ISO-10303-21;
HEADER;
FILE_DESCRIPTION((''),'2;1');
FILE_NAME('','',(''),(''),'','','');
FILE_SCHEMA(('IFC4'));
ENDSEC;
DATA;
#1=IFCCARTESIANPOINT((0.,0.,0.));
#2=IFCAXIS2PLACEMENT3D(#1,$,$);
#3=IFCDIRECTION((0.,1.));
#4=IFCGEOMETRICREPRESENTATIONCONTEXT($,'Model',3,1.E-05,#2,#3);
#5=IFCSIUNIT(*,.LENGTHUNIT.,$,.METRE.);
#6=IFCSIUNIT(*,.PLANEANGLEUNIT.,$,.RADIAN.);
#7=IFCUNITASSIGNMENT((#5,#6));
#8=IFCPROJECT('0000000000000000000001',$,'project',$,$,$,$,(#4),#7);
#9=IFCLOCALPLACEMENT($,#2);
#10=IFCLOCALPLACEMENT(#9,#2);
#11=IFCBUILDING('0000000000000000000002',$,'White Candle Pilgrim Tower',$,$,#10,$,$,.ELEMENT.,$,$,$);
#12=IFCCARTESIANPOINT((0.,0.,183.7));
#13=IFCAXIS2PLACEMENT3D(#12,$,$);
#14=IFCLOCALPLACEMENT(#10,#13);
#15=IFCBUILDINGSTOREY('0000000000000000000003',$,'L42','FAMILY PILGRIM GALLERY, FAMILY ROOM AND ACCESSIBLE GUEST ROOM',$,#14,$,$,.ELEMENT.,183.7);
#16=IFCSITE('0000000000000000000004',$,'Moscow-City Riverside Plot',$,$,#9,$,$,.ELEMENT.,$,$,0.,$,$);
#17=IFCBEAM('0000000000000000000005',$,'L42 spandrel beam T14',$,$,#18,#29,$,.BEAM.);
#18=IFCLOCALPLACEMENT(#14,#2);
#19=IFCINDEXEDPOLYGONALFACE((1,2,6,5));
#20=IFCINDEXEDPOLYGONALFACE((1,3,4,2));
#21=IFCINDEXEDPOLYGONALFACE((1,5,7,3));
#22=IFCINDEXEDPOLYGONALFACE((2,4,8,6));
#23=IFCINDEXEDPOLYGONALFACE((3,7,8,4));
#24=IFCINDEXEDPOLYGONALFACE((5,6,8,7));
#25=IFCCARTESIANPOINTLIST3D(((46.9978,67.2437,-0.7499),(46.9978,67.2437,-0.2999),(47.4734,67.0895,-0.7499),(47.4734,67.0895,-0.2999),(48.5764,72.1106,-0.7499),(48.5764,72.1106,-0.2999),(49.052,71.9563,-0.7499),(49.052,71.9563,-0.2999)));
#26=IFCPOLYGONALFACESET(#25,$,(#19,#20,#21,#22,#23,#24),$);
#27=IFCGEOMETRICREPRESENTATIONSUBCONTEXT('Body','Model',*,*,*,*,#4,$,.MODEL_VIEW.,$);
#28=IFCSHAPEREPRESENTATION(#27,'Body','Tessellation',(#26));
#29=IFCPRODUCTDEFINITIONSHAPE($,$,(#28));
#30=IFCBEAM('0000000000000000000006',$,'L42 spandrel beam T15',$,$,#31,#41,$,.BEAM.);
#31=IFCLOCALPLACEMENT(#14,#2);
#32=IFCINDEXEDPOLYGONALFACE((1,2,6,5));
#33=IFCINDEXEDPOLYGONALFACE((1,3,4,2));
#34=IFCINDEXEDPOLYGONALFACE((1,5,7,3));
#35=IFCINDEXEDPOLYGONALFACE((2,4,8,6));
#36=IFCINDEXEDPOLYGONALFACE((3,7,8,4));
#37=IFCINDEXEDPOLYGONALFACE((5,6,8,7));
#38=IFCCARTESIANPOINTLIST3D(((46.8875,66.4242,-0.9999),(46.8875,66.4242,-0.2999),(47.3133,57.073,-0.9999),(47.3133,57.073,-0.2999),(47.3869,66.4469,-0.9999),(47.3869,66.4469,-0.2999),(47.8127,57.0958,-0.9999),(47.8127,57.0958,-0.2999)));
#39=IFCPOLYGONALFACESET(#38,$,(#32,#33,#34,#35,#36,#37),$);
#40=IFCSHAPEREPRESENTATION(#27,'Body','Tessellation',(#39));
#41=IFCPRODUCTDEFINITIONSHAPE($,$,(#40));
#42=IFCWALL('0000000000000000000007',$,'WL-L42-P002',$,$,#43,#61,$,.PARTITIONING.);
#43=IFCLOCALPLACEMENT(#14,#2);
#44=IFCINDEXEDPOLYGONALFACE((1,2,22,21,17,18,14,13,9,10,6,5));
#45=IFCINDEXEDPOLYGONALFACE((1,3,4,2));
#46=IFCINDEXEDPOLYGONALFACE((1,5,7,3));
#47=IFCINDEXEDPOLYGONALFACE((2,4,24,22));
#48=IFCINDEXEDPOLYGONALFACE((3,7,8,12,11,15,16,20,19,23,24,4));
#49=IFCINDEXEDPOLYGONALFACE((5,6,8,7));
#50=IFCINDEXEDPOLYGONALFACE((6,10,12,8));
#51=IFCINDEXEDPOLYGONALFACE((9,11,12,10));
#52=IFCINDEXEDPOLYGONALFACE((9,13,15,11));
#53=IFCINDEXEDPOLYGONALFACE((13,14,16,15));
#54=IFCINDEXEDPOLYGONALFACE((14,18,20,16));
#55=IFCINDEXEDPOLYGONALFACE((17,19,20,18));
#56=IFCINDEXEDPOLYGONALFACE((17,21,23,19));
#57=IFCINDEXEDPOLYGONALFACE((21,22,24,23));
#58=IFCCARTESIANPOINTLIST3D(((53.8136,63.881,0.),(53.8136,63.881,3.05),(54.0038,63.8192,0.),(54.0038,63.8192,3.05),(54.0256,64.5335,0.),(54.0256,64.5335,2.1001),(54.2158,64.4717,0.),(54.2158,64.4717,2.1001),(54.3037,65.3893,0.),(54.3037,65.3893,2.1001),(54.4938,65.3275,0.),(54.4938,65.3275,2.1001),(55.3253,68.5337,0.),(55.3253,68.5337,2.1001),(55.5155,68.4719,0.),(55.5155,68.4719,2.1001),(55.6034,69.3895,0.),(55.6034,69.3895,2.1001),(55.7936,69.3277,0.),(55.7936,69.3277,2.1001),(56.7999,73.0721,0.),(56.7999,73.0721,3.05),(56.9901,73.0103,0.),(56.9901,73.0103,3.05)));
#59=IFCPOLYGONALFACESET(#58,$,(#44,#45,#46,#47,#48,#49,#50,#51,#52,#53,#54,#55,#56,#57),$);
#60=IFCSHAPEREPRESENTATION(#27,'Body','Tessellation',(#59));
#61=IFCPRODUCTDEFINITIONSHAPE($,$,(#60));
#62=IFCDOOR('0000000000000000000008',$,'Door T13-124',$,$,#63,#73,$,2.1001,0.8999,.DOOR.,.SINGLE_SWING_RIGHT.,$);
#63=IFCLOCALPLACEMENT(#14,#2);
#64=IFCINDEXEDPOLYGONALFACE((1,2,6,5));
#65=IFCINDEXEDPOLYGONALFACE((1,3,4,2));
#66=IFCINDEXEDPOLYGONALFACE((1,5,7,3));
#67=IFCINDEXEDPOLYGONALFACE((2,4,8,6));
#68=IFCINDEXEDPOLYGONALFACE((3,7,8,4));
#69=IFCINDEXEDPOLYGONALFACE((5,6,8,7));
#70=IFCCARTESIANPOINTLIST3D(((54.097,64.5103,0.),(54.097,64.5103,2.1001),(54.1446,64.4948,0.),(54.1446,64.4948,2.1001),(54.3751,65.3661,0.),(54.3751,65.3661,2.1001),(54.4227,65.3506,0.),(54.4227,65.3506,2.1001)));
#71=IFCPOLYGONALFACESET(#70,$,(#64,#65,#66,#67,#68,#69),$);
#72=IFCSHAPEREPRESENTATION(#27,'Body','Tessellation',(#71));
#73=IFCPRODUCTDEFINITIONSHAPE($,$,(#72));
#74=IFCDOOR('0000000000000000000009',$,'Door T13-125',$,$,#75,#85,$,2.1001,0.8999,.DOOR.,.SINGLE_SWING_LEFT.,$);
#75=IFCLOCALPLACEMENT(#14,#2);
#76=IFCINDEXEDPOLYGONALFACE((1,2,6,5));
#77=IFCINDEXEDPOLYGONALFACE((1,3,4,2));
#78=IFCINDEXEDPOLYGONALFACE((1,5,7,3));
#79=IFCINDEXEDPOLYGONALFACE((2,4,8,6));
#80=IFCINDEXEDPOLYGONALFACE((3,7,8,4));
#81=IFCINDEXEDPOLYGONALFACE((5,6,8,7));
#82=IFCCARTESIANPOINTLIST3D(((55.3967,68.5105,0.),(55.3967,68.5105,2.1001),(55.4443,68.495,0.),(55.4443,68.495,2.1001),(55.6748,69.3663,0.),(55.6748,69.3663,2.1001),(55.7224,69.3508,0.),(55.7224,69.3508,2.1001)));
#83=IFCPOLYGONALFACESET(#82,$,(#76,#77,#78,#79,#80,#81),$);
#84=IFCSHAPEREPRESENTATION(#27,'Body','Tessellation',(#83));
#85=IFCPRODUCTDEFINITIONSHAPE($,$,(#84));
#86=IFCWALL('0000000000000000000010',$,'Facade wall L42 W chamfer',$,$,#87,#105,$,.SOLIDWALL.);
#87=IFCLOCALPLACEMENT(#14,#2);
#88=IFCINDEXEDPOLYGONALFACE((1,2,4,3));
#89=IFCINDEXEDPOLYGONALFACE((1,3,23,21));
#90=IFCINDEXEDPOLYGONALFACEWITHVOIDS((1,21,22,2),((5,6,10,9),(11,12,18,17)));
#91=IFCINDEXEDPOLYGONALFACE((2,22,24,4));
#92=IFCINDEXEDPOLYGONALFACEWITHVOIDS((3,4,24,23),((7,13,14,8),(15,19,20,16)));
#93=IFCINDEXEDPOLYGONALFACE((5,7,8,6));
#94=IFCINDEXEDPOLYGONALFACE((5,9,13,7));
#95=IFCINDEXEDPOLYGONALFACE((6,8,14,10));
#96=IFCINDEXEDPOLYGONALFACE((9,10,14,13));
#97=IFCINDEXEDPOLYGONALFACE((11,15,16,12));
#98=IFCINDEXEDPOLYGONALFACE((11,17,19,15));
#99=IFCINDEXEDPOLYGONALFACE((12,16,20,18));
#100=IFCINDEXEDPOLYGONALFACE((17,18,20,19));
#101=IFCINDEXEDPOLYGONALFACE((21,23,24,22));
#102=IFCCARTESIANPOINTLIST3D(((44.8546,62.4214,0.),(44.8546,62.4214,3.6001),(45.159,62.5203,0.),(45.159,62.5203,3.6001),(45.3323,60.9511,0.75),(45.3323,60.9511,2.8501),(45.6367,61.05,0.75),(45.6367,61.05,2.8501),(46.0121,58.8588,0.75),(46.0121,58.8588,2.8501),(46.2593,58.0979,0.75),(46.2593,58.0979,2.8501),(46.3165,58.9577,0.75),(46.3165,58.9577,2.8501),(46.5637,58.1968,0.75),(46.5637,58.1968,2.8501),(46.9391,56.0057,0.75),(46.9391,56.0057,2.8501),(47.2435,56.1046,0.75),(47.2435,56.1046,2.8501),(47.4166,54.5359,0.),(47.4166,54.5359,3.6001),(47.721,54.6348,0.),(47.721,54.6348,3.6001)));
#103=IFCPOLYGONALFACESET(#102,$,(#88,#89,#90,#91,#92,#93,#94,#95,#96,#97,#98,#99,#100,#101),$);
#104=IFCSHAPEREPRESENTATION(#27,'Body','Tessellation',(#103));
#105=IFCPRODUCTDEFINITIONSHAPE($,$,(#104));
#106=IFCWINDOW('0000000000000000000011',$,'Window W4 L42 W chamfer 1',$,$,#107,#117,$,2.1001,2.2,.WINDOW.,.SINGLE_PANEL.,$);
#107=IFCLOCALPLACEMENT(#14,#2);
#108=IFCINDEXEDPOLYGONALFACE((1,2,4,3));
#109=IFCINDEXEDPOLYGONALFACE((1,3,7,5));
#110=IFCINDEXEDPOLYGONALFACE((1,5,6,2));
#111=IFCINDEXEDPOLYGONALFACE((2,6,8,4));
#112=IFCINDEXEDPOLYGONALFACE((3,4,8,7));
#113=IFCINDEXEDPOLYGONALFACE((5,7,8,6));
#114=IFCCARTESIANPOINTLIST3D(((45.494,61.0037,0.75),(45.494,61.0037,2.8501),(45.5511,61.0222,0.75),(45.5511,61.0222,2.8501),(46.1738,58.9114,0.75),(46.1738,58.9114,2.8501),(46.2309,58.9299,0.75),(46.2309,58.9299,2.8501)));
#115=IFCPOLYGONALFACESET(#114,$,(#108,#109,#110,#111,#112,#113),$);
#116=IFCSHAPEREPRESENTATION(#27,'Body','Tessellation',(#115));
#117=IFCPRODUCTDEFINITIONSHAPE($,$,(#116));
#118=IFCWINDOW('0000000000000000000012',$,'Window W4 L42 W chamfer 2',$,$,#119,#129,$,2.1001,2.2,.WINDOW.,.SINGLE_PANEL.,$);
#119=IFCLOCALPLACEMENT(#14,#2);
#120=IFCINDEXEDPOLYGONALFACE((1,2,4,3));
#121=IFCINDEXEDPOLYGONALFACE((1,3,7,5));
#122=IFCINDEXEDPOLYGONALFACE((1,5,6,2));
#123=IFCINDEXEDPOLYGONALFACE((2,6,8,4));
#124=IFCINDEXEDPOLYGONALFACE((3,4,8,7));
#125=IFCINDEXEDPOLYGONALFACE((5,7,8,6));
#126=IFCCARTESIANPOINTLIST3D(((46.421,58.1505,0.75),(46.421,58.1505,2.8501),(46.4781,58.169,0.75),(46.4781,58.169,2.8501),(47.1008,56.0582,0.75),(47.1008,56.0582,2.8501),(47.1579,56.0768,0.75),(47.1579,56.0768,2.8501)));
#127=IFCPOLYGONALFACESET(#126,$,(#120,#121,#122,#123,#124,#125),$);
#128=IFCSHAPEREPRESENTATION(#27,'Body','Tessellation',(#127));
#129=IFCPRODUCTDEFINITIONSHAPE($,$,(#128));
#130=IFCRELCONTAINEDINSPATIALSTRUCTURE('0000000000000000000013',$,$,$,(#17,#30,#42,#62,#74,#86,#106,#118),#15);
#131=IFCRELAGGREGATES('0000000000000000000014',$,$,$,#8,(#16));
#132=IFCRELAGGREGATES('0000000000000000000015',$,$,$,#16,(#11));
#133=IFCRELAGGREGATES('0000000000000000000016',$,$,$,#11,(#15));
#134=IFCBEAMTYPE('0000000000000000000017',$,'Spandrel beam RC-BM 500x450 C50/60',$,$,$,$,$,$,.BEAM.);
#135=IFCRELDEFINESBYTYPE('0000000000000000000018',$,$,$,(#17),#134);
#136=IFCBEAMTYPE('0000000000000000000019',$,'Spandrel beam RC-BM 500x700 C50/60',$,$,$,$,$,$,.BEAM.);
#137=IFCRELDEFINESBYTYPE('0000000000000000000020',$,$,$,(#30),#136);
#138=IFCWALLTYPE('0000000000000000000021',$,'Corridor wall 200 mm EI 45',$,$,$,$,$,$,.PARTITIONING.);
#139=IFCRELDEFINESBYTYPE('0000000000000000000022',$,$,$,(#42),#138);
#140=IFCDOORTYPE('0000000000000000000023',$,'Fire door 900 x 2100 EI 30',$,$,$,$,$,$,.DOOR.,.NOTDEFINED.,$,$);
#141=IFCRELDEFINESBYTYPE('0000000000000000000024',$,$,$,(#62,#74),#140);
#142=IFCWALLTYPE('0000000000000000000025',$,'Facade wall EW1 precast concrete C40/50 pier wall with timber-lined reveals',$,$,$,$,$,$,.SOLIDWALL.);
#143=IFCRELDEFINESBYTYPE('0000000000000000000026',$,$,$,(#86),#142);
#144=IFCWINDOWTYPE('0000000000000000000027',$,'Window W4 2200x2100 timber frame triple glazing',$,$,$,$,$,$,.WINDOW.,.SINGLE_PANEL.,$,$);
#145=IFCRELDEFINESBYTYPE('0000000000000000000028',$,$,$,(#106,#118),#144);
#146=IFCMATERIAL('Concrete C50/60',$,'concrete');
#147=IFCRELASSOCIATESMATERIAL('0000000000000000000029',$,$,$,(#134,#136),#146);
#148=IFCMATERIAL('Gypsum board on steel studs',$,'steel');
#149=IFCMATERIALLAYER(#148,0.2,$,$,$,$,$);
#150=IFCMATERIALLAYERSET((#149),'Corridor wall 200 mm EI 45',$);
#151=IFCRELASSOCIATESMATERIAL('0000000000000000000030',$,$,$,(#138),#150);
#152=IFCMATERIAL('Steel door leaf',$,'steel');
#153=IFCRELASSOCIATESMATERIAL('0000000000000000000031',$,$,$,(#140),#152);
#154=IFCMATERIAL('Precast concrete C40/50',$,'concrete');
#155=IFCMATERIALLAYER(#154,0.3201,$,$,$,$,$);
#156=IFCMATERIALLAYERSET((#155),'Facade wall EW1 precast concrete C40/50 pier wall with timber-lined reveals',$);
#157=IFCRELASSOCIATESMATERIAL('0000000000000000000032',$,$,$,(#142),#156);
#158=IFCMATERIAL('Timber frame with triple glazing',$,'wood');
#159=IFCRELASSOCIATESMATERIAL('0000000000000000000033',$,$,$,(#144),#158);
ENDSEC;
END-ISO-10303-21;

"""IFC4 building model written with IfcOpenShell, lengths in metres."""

from ifc_helpers import new_model, si_unit, direction, frame, frame_2d, origin, origin_2d, place, context, subcontext, project, spatial, rectangle, extrude, material, layer, layer_set, material_profile, profile_set, type_object, element, fill, save


model = new_model("IFC4")

# Units and contexts
model_context = context("Model", 3, precision=1e-05, world=origin(), true_north=direction((0.0, 1.0)))
body_context = subcontext(model_context, "Body", "Model", "MODEL_VIEW")
ifc_project = project(units=[si_unit("LENGTHUNIT", "METRE"), si_unit("PLANEANGLEUNIT", "RADIAN")], contexts=[model_context])

# Site, building, storey
site_placement = place(None, origin())
site = spatial("IfcSite", under=ifc_project, at=site_placement, Name="Moscow-City Riverside Plot", CompositionType="ELEMENT", RefElevation=0.0)
building_placement = place(site_placement, origin())
building = spatial("IfcBuilding", under=site, at=building_placement, Name="White Candle Pilgrim Tower", CompositionType="ELEMENT")
storey_placement = place(building_placement, frame((0.0, 0.0, 183.7)))
storey = spatial("IfcBuildingStorey", under=building, at=storey_placement, Name="L42", Description="FAMILY PILGRIM GALLERY, FAMILY ROOM AND ACCESSIBLE GUEST ROOM", CompositionType="ELEMENT", Elevation=183.7)

# Beams
ifc_material_1 = material(Name="Concrete C50/60", Category="concrete")
ifc_material_profile_1 = material_profile(ifc_material_1, rectangle(XDim=0.5, YDim=0.45, at=origin_2d()), Name="RC-BM 500x450")
ifc_profile_set_1 = profile_set([ifc_material_profile_1], Name="Concrete C50/60")
beam_type_1 = type_object("IfcBeamType", Name="Spandrel beam RC-BM 500x450 C50/60", PredefinedType="BEAM", material=ifc_profile_set_1)
beam_1_placement = place(storey_placement, frame((48.8142, 72.0334, -0.5249), z_axis=(-0.30853, -0.951214, 0.0), x_axis=(0.951214, -0.30853, 0.0)))
element("IfcBeam", 1, at=beam_1_placement, inside=storey, type_object=beam_type_1, Name="L42 spandrel beam T14", PredefinedType="BEAM", context=body_context, shape_type="SweptSolid", body=[
    extrude(rectangle(XDim=0.5, YDim=0.45, at=origin_2d()), origin(), (0.0, 0.0, 1.0), 5.1165),
])
ifc_material_profile_2 = material_profile(ifc_material_1, rectangle(XDim=0.5, YDim=0.7, at=origin_2d()), Name="RC-BM 500x700")
ifc_profile_set_2 = profile_set([ifc_material_profile_2], Name="Concrete C50/60")
beam_type_2 = type_object("IfcBeamType", Name="Spandrel beam RC-BM 500x700 C50/60", PredefinedType="BEAM", material=ifc_profile_set_2)
beam_2_placement = place(storey_placement, frame((47.1372, 66.4355, -0.6499), z_axis=(0.045486, -0.998965, 0.0), x_axis=(0.998965, 0.045486, 0.0)))
element("IfcBeam", 2, at=beam_2_placement, inside=storey, type_object=beam_type_2, Name="L42 spandrel beam T15", PredefinedType="BEAM", context=body_context, shape_type="SweptSolid", body=[
    extrude(rectangle(XDim=0.5, YDim=0.7, at=origin_2d()), origin(), (0.0, 0.0, 1.0), 9.3608),
])

# Wall, openings, doors
ifc_material_2 = material(Name="Gypsum board on steel studs", Category="steel")
ifc_layer_1 = layer(ifc_material_2, 0.2)
ifc_layer_set_1 = layer_set([ifc_layer_1], Name="Corridor wall 200 mm EI 45")
wall_type_1 = type_object("IfcWallType", Name="Corridor wall 200 mm EI 45", PredefinedType="PARTITIONING", material=ifc_layer_set_1)
wall_1_placement = place(storey_placement, frame((53.9087, 63.8501, 0.0), z_axis=(0.0, 0.0, 1.0), x_axis=(0.309011, 0.951058, 0.0)))
wall_1 = element("IfcWall", 3, at=wall_1_placement, inside=storey, type_object=wall_type_1, Name="WL-L42-P002", PredefinedType="PARTITIONING", context=body_context, shape_type="SweptSolid", body=[
    extrude(rectangle(XDim=9.6641, YDim=0.2, at=frame_2d((4.832, 0.0))), origin(), (0.0, 0.0, 1.0), 3.05),
])
opening_1_placement = place(wall_1_placement, frame((0.686, 0.0, 0.0)))
opening_1 = element("IfcOpeningElement", 4, at=opening_1_placement, cuts=wall_1, PredefinedType="OPENING", context=body_context, shape_type="SweptSolid", body=[
    extrude(rectangle(XDim=0.8999, YDim=2.1001, at=frame_2d((0.45, 1.05))), frame((0.0, 0.1099, 0.0), z_axis=(0.0, -1.0, 0.0), x_axis=(1.0, 0.0, 0.0)), (0.0, 0.0, 1.0), 0.22),
])
opening_2_placement = place(wall_1_placement, frame((4.8921, 0.0, 0.0)))
opening_2 = element("IfcOpeningElement", 5, at=opening_2_placement, cuts=wall_1, PredefinedType="OPENING", context=body_context, shape_type="SweptSolid", body=[
    extrude(rectangle(XDim=0.8999, YDim=2.1001, at=frame_2d((0.45, 1.05))), frame((0.0, 0.1099, 0.0), z_axis=(0.0, -1.0, 0.0), x_axis=(1.0, 0.0, 0.0)), (0.0, 0.0, 1.0), 0.22),
])
ifc_material_3 = material(Name="Steel door leaf", Category="steel")
door_type_1 = type_object("IfcDoorType", Name="Fire door 900 x 2100 EI 30", OperationType="NOTDEFINED", PredefinedType="DOOR", material=ifc_material_3)
door_1_placement = place(opening_1_placement, origin())
door_1 = element("IfcDoor", 6, at=door_1_placement, inside=storey, type_object=door_type_1, Name="Door T13-124", OperationType="SINGLE_SWING_RIGHT", OverallHeight=2.1001, OverallWidth=0.8999, PredefinedType="DOOR", context=body_context, shape_type="SweptSolid", body=[
    extrude(rectangle(XDim=0.8999, YDim=2.1001, at=frame_2d((0.45, 1.05))), frame((0.0, 0.0249, 0.0), z_axis=(0.0, -1.0, 0.0), x_axis=(1.0, 0.0, 0.0)), (0.0, 0.0, 1.0), 0.05),
])
fill(opening_1, door_1)
door_2_placement = place(opening_2_placement, origin())
door_2 = element("IfcDoor", 7, at=door_2_placement, inside=storey, type_object=door_type_1, Name="Door T13-125", OperationType="SINGLE_SWING_LEFT", OverallHeight=2.1001, OverallWidth=0.8999, PredefinedType="DOOR", context=body_context, shape_type="SweptSolid", body=[
    extrude(rectangle(XDim=0.8999, YDim=2.1001, at=frame_2d((0.45, 1.05))), frame((0.0, 0.0249, 0.0), z_axis=(0.0, -1.0, 0.0), x_axis=(1.0, 0.0, 0.0)), (0.0, 0.0, 1.0), 0.05),
])
fill(opening_2, door_2)

# Wall, openings, windows
ifc_material_4 = material(Name="Precast concrete C40/50", Category="concrete")
ifc_layer_2 = layer(ifc_material_4, 0.3201)
ifc_layer_set_2 = layer_set([ifc_layer_2], Name="Facade wall EW1 precast concrete C40/50 pier wall with timber-lined reveals")
wall_type_2 = type_object("IfcWallType", Name="Facade wall EW1 precast concrete C40/50 pier wall with timber-lined reveals", PredefinedType="SOLIDWALL", material=ifc_layer_set_2)
wall_2_placement = place(storey_placement, frame((45.0068, 62.4707, 0.0), z_axis=(0.0, 0.0, 1.0), x_axis=(0.309002, -0.951062, 0.0)))
wall_2 = element("IfcWall", 8, at=wall_2_placement, inside=storey, type_object=wall_type_2, Name="Facade wall L42 W chamfer", PredefinedType="SOLIDWALL", context=body_context, shape_type="SweptSolid", body=[
    extrude(rectangle(XDim=8.2913, YDim=0.3201, at=frame_2d((4.1455, 0.0))), origin(), (0.0, 0.0, 1.0), 3.6001),
])
opening_3_placement = place(wall_2_placement, frame((1.5457, 0.0, 0.75)))
opening_3 = element("IfcOpeningElement", 9, at=opening_3_placement, cuts=wall_2, PredefinedType="OPENING", context=body_context, shape_type="SweptSolid", body=[
    extrude(rectangle(XDim=2.2, YDim=2.1001, at=frame_2d((1.1001, 1.05))), frame((0.0, 0.1699, 0.0), z_axis=(0.0, -1.0, 0.0), x_axis=(1.0, 0.0, 0.0)), (0.0, 0.0, 1.0), 0.3401),
])
opening_4_placement = place(wall_2_placement, frame((4.5457, 0.0, 0.75)))
opening_4 = element("IfcOpeningElement", 10, at=opening_4_placement, cuts=wall_2, PredefinedType="OPENING", context=body_context, shape_type="SweptSolid", body=[
    extrude(rectangle(XDim=2.2, YDim=2.1001, at=frame_2d((1.1001, 1.05))), frame((0.0, 0.1699, 0.0), z_axis=(0.0, -1.0, 0.0), x_axis=(1.0, 0.0, 0.0)), (0.0, 0.0, 1.0), 0.3401),
])
ifc_material_5 = material(Name="Timber frame with triple glazing", Category="wood")
window_type = type_object("IfcWindowType", Name="Window W4 2200x2100 timber frame triple glazing", PartitioningType="SINGLE_PANEL", PredefinedType="WINDOW", material=ifc_material_5)
window_1_placement = place(opening_3_placement, origin())
window_1 = element("IfcWindow", 11, at=window_1_placement, inside=storey, type_object=window_type, Name="Window W4 L42 W chamfer 1", OverallHeight=2.1001, OverallWidth=2.2, PartitioningType="SINGLE_PANEL", PredefinedType="WINDOW", context=body_context, shape_type="SweptSolid", body=[
    extrude(rectangle(XDim=2.2, YDim=2.1001, at=frame_2d((1.1001, 1.05))), frame((0.0, 0.0701, 0.0), z_axis=(0.0, -1.0, 0.0), x_axis=(1.0, 0.0, 0.0)), (0.0, 0.0, 1.0), 0.0601),
])
fill(opening_3, window_1)
window_2_placement = place(opening_4_placement, origin())
window_2 = element("IfcWindow", 12, at=window_2_placement, inside=storey, type_object=window_type, Name="Window W4 L42 W chamfer 2", OverallHeight=2.1001, OverallWidth=2.2, PartitioningType="SINGLE_PANEL", PredefinedType="WINDOW", context=body_context, shape_type="SweptSolid", body=[
    extrude(rectangle(XDim=2.2, YDim=2.1001, at=frame_2d((1.1001, 1.05))), frame((0.0, 0.0701, 0.0), z_axis=(0.0, -1.0, 0.0), x_axis=(1.0, 0.0, 0.0)), (0.0, 0.0, 1.0), 0.0601),
])
fill(opening_4, window_2)

save(model, "model.ifc")
